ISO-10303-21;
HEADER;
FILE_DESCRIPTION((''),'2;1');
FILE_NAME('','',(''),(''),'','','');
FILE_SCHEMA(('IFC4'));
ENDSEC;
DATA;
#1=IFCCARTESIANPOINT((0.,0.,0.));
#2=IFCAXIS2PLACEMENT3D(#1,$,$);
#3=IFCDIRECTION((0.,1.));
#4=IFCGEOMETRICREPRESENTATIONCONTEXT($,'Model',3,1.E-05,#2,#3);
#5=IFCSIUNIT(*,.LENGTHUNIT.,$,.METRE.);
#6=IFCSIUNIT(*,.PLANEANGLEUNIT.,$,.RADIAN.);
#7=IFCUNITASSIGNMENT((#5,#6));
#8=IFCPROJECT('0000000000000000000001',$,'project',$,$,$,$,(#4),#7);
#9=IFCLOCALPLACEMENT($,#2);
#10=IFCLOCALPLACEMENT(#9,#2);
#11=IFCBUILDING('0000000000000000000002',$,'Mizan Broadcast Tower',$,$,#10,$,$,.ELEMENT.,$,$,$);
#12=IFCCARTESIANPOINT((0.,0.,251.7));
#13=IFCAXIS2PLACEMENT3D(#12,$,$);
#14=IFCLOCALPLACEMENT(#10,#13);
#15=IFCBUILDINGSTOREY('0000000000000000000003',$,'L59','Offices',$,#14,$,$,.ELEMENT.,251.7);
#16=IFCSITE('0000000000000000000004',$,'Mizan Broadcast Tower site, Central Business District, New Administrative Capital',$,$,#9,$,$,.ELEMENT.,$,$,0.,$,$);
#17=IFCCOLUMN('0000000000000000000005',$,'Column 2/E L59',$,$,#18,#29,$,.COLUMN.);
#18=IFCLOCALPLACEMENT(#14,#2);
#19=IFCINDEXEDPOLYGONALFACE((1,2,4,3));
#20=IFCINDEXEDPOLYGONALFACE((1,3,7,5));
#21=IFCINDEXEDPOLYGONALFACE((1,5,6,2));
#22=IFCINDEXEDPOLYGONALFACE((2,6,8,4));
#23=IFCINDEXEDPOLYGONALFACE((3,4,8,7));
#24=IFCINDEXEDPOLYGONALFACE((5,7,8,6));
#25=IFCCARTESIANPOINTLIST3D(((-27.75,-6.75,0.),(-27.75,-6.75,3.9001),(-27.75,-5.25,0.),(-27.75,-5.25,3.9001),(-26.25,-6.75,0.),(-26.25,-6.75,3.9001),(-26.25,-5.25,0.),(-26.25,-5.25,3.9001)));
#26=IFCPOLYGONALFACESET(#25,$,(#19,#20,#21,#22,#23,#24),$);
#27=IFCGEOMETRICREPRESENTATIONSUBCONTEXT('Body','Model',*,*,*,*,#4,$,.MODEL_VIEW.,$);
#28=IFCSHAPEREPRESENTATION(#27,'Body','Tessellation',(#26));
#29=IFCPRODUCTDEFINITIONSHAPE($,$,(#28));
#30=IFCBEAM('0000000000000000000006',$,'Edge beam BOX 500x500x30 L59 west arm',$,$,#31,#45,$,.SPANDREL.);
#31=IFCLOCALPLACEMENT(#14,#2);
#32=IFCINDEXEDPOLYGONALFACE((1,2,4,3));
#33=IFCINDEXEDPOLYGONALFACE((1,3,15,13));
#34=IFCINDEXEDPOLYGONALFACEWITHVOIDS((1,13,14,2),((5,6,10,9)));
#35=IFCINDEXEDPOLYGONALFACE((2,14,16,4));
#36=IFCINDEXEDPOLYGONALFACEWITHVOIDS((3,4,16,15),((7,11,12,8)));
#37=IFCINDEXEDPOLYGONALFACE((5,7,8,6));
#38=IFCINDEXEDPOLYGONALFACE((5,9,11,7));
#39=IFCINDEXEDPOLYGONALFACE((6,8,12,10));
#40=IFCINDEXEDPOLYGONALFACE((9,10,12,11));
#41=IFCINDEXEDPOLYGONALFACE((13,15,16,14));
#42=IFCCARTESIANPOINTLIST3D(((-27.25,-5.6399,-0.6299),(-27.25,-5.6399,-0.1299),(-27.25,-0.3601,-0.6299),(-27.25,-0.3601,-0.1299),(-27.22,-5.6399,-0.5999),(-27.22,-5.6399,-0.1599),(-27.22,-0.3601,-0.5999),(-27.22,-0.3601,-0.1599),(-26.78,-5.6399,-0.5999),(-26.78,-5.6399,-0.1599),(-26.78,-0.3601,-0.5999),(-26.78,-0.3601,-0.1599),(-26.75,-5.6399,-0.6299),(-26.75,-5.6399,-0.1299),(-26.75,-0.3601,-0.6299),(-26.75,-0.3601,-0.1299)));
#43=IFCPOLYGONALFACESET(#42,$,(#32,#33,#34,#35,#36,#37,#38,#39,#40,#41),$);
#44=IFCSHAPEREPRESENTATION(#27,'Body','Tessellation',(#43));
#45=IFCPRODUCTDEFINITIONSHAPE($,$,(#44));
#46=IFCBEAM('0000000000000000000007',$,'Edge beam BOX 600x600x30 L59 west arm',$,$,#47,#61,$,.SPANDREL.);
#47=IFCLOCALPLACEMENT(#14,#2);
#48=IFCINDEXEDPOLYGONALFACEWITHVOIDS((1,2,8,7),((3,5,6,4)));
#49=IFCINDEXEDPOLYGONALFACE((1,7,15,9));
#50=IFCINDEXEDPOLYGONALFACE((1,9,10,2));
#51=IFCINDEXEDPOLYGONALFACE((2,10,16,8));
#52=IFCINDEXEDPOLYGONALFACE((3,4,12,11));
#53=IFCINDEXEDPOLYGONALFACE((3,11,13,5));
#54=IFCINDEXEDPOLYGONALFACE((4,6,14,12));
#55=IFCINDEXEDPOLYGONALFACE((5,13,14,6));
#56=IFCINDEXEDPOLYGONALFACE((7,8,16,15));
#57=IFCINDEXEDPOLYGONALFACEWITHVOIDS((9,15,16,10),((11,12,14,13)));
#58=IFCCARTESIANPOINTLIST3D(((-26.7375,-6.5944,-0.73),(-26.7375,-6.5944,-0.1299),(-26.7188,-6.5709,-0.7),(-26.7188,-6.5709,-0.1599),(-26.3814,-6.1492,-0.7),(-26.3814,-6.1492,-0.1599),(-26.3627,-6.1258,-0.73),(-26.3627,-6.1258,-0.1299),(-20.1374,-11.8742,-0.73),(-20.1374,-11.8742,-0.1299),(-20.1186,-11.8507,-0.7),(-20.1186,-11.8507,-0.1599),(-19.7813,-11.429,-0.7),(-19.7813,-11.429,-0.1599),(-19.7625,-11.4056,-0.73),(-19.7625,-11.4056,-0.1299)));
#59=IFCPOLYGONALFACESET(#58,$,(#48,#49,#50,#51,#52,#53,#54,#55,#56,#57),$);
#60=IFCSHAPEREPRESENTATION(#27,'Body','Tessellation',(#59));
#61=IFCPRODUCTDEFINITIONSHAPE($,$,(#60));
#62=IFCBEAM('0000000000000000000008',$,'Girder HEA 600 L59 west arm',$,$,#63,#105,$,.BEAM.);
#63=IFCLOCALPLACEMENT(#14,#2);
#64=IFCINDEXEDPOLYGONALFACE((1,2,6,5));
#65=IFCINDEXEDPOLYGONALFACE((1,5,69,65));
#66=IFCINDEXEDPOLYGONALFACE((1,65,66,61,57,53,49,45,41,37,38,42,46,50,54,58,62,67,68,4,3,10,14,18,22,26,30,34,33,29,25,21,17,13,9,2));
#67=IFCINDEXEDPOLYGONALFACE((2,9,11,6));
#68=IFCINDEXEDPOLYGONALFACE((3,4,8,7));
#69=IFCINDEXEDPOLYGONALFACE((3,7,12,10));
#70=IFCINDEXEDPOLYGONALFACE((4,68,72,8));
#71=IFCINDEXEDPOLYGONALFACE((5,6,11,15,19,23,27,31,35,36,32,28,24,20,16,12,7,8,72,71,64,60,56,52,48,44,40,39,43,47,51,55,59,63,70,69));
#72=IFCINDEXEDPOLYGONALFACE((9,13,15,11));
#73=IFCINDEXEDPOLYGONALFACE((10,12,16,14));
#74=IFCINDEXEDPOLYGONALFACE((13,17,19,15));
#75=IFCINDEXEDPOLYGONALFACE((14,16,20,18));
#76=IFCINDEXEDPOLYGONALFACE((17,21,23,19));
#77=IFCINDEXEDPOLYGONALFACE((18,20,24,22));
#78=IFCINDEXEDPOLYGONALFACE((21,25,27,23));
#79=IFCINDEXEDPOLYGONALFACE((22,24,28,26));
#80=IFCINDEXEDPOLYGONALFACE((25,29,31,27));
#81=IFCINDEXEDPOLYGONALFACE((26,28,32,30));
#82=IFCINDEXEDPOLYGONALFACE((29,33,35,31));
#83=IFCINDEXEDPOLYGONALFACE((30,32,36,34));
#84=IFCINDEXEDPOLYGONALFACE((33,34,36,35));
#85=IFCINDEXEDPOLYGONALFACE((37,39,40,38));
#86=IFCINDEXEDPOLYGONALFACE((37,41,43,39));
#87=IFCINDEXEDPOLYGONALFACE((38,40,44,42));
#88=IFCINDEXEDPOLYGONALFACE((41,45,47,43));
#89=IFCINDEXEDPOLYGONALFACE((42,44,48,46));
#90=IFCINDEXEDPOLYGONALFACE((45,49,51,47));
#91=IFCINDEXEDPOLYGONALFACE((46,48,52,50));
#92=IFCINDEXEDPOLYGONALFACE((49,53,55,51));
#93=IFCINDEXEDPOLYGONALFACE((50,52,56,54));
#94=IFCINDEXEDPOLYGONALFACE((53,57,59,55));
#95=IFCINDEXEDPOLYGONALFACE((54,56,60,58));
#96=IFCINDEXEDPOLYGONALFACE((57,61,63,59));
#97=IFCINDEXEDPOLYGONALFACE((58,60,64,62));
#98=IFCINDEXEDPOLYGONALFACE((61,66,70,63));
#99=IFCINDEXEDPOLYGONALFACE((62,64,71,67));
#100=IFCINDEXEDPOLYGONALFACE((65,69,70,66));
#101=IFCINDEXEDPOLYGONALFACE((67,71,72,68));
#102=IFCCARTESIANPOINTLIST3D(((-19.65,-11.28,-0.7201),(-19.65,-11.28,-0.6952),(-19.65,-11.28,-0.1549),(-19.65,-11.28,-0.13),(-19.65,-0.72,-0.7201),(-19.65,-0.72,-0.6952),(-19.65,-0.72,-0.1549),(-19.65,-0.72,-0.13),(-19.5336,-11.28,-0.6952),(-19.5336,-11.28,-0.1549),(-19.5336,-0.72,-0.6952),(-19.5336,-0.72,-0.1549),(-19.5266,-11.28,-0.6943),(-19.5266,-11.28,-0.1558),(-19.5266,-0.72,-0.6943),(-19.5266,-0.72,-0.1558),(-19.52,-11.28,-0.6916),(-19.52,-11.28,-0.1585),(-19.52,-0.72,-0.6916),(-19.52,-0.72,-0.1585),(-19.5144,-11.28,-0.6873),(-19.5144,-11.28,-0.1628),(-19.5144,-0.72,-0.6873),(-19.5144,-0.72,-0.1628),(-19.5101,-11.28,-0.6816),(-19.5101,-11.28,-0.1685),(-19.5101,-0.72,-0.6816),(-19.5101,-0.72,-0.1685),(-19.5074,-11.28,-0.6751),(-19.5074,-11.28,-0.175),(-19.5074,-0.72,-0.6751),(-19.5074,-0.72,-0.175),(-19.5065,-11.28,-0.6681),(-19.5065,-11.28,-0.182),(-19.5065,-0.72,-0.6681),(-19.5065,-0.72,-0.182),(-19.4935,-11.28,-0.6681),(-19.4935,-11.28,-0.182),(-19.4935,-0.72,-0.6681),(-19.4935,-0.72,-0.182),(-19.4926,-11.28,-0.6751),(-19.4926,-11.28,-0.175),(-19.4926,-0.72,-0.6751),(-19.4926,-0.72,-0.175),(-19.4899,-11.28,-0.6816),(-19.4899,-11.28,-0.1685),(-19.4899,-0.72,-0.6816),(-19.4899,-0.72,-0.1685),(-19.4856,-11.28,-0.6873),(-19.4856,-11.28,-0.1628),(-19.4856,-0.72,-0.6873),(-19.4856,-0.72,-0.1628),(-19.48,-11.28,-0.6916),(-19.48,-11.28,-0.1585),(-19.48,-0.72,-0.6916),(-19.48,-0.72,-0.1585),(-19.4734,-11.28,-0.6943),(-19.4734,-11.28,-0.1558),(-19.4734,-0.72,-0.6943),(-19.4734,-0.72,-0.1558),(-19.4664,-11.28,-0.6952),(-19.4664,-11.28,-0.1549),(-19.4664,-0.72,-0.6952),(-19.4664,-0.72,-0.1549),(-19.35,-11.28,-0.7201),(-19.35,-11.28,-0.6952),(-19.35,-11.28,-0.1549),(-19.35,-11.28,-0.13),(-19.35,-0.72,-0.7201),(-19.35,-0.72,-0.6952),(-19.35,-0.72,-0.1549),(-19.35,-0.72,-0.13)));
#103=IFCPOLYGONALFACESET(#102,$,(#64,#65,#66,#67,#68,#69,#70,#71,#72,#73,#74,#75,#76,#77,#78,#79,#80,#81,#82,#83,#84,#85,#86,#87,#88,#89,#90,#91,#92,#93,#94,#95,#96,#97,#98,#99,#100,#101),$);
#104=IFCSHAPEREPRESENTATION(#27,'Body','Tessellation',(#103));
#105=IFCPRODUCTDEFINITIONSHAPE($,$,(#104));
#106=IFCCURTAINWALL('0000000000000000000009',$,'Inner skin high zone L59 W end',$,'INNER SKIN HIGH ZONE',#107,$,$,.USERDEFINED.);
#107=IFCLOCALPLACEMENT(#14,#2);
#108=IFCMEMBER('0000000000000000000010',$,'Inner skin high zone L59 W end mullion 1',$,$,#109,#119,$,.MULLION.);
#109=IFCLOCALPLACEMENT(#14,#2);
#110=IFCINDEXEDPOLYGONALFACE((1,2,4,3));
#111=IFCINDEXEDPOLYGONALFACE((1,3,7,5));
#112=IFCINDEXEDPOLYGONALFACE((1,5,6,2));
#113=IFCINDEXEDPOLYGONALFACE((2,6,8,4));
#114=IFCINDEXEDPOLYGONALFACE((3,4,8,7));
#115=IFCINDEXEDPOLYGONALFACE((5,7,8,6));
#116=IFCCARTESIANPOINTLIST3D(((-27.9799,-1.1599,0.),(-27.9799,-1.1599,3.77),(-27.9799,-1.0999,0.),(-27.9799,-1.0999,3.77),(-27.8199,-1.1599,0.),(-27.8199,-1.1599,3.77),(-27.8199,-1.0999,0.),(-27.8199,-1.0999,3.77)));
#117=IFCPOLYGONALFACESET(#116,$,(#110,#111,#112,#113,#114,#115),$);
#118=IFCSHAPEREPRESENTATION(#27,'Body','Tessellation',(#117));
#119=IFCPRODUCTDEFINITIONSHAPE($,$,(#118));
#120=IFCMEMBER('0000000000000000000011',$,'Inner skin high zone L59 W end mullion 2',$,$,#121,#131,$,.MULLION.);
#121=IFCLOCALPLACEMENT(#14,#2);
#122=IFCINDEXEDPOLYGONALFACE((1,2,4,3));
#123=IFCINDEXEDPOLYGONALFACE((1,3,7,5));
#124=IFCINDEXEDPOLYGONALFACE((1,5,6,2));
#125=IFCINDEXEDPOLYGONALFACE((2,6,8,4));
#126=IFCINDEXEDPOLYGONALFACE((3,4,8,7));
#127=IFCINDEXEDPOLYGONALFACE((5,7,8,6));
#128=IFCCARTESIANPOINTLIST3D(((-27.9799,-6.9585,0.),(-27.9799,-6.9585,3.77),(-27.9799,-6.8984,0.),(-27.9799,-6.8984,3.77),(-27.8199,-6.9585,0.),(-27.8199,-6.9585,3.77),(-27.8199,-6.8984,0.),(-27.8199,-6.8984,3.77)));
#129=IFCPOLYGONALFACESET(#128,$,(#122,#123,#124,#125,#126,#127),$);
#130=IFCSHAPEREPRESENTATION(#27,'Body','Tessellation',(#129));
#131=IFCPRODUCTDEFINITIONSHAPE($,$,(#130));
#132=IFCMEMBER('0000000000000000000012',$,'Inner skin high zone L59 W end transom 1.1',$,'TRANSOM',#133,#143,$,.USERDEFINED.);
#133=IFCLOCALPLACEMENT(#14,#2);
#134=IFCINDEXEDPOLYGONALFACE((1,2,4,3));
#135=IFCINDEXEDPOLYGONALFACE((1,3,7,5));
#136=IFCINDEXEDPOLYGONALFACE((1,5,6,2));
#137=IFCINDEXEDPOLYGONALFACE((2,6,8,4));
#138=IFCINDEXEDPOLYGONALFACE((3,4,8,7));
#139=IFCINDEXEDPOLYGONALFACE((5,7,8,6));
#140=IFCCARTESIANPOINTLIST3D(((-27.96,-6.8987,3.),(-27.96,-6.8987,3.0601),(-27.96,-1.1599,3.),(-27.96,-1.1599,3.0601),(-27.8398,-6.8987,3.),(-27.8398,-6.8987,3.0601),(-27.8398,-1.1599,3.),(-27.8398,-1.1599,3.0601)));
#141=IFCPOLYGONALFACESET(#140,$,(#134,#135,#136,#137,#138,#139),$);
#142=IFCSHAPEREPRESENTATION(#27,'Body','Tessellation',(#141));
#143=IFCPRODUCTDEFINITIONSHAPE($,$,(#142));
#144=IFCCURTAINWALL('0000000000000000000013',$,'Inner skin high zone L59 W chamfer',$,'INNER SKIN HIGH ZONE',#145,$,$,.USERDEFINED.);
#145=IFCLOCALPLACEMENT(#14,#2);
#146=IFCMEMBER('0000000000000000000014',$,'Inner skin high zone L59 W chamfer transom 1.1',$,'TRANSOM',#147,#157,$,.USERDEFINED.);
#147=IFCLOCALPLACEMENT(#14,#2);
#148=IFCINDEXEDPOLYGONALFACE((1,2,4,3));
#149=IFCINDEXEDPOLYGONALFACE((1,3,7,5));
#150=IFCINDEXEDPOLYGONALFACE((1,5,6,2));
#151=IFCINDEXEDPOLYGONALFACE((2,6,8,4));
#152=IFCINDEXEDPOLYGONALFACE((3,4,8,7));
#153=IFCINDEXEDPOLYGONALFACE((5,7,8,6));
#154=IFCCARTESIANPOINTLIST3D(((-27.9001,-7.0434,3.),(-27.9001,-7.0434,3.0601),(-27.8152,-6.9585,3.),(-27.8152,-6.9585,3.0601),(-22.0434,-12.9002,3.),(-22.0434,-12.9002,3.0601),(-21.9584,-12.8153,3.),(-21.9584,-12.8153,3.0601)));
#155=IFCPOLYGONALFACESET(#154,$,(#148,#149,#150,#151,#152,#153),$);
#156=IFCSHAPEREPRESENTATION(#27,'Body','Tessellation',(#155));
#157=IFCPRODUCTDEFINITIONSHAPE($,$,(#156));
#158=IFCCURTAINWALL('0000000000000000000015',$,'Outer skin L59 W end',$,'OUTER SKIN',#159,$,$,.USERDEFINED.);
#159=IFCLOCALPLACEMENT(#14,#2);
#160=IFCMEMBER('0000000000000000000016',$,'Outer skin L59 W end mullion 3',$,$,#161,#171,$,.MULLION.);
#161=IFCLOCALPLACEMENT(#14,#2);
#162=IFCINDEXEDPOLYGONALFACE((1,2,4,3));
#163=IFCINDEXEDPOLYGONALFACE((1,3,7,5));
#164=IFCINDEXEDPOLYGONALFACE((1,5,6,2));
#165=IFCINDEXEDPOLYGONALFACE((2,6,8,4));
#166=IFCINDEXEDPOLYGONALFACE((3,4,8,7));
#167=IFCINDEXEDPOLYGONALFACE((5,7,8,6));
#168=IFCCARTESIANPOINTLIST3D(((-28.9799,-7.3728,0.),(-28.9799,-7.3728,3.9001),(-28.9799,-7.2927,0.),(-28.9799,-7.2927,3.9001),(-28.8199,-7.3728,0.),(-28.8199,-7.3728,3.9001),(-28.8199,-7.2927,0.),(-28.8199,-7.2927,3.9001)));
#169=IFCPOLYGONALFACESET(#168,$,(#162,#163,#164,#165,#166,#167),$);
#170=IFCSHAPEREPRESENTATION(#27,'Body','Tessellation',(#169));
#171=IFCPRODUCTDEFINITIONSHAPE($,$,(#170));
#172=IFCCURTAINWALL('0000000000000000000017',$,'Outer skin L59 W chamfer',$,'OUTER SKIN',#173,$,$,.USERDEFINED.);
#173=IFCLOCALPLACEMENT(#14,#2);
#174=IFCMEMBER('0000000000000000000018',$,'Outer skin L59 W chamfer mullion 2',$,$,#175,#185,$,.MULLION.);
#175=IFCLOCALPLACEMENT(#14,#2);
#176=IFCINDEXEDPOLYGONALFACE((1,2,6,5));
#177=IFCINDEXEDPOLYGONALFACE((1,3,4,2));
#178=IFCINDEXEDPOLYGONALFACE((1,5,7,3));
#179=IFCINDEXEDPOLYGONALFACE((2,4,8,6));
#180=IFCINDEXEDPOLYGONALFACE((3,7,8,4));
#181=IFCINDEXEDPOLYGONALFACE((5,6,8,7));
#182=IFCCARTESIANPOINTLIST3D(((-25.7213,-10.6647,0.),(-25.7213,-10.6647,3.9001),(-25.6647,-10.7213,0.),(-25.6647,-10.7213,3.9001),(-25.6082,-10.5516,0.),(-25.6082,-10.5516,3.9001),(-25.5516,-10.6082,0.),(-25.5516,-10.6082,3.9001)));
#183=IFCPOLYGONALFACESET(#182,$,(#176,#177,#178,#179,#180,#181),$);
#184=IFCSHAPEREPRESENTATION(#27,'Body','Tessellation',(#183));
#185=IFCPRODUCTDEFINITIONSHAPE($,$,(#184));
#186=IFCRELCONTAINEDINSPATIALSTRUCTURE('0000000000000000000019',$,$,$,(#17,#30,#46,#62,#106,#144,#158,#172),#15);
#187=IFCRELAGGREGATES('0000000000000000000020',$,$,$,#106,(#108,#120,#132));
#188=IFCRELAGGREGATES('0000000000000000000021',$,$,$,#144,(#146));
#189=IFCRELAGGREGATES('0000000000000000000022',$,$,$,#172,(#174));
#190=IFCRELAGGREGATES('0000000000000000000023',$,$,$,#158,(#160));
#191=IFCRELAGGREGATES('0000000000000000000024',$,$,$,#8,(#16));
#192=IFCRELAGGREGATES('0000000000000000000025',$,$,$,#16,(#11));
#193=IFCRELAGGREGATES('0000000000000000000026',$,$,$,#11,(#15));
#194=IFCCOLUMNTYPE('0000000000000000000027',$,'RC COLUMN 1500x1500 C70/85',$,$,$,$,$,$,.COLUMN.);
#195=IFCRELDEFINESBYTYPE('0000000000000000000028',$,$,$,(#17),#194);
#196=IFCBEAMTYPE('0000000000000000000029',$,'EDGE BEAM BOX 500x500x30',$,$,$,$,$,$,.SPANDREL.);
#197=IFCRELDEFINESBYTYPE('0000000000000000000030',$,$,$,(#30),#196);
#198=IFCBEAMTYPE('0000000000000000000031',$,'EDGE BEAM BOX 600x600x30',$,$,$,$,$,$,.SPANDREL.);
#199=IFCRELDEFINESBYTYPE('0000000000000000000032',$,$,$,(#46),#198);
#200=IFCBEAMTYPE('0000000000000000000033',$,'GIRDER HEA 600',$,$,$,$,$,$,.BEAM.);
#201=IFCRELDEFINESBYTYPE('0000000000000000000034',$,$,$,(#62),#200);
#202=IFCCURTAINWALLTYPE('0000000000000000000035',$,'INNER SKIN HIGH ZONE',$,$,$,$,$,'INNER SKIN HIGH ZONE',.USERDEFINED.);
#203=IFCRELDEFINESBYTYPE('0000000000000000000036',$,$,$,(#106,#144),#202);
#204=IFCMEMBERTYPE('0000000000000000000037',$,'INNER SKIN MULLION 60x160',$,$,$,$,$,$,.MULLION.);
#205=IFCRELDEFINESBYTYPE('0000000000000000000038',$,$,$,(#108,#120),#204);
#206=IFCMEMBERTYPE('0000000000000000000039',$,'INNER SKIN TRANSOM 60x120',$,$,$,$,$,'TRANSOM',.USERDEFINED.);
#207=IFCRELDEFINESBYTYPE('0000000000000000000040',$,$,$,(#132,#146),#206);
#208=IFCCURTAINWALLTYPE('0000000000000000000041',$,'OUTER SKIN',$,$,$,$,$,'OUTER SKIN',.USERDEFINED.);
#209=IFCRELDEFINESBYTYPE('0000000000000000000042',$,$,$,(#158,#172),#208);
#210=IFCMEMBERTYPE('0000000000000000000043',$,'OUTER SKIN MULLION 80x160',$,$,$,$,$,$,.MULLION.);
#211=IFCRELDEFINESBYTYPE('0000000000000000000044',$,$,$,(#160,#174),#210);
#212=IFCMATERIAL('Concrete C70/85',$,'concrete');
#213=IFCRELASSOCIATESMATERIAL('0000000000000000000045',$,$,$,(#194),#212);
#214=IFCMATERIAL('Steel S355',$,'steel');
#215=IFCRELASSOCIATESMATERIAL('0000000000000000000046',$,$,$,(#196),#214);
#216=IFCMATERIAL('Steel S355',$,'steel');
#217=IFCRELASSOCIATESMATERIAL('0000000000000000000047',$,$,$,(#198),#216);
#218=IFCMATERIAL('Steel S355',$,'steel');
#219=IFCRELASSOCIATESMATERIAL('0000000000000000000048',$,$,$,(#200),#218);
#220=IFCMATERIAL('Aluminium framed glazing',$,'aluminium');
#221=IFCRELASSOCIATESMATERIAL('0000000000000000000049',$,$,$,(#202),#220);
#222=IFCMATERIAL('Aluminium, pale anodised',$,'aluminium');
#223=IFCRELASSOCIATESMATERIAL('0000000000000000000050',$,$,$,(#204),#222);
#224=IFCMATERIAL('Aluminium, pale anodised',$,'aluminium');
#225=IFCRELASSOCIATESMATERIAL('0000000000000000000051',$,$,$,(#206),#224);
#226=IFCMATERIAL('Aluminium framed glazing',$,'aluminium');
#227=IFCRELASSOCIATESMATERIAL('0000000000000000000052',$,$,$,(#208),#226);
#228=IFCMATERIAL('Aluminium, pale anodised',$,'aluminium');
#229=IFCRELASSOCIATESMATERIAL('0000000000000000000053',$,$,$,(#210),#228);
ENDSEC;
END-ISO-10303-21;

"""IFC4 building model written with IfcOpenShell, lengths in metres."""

from ifc_helpers import new_model, si_unit, direction, frame, origin, origin_2d, place, context, subcontext, project, spatial, rectangle, hollow_rectangle, i_section, extrude, material, material_profile, profile_set, type_object, element, aggregate, save


model = new_model("IFC4")

# Units and contexts
model_context = context("Model", 3, precision=1e-05, world=origin(), true_north=direction((0.0, 1.0)))
body_context = subcontext(model_context, "Body", "Model", "MODEL_VIEW")
ifc_project = project(units=[si_unit("LENGTHUNIT", "METRE"), si_unit("PLANEANGLEUNIT", "RADIAN")], contexts=[model_context])

# Site, building, storey
site_placement = place(None, origin())
site = spatial("IfcSite", under=ifc_project, at=site_placement, Name="Mizan Broadcast Tower site, Central Business District, New Administrative Capital", CompositionType="ELEMENT", RefElevation=0.0)
building_placement = place(site_placement, origin())
building = spatial("IfcBuilding", under=site, at=building_placement, Name="Mizan Broadcast Tower", CompositionType="ELEMENT")
storey_placement = place(building_placement, frame((0.0, 0.0, 251.7)))
storey = spatial("IfcBuildingStorey", under=building, at=storey_placement, Name="L59", Description="Offices", CompositionType="ELEMENT", Elevation=251.7)

# Column
ifc_material_1 = material(Name="Concrete C70/85", Category="concrete")
ifc_material_profile_1 = material_profile(ifc_material_1, rectangle(XDim=1.5, YDim=1.5, at=origin_2d()), Name="RC 1500x1500")
ifc_profile_set_1 = profile_set([ifc_material_profile_1], Name="Concrete C70/85")
column_type = type_object("IfcColumnType", Name="RC COLUMN 1500x1500 C70/85", PredefinedType="COLUMN", material=ifc_profile_set_1)
column_placement = place(storey_placement, frame((-27.0, -6.0, 0.0), z_axis=(0.0, 0.0, 1.0), x_axis=(1.0, 0.0, 0.0)))
element("IfcColumn", 1, at=column_placement, inside=storey, type_object=column_type, Name="Column 2/E L59", PredefinedType="COLUMN", context=body_context, shape_type="SweptSolid", body=[
    extrude(rectangle(XDim=1.5, YDim=1.5, at=origin_2d()), origin(), (0.0, 0.0, 1.0), 3.9001),
])

# Beams
ifc_material_2 = material(Name="Steel S355", Category="steel")
ifc_material_profile_2 = material_profile(ifc_material_2, hollow_rectangle(XDim=0.5, YDim=0.5, WallThickness=0.03, at=origin_2d()), Name="BOX 500x500x30")
ifc_profile_set_2 = profile_set([ifc_material_profile_2], Name="Steel S355")
beam_type_1 = type_object("IfcBeamType", Name="EDGE BEAM BOX 500x500x30", PredefinedType="SPANDREL", material=ifc_profile_set_2)
beam_1_placement = place(storey_placement, frame((-27.0, -5.6399, -0.3799), z_axis=(0.0, 1.0, 0.0), x_axis=(-1.0, 0.0, 0.0)))
element("IfcBeam", 2, at=beam_1_placement, inside=storey, type_object=beam_type_1, Name="Edge beam BOX 500x500x30 L59 west arm", PredefinedType="SPANDREL", context=body_context, shape_type="SweptSolid", body=[
    extrude(hollow_rectangle(XDim=0.5, YDim=0.5, WallThickness=0.03, at=origin_2d()), origin(), (0.0, 0.0, 1.0), 5.2798),
])
ifc_material_3 = material(Name="Steel S355", Category="steel")
ifc_material_profile_3 = material_profile(ifc_material_3, hollow_rectangle(XDim=0.6001, YDim=0.6001, WallThickness=0.03, at=origin_2d()), Name="BOX 600x600x30")
ifc_profile_set_3 = profile_set([ifc_material_profile_3], Name="Steel S355")
beam_type_2 = type_object("IfcBeamType", Name="EDGE BEAM BOX 600x600x30", PredefinedType="SPANDREL", material=ifc_profile_set_3)
beam_2_placement = place(storey_placement, frame((-19.95, -11.6399, -0.4299), z_axis=(-0.780886, 0.624674, 0.0), x_axis=(-0.624674, -0.780886, 0.0)))
element("IfcBeam", 3, at=beam_2_placement, inside=storey, type_object=beam_type_2, Name="Edge beam BOX 600x600x30 L59 west arm", PredefinedType="SPANDREL", context=body_context, shape_type="SweptSolid", body=[
    extrude(hollow_rectangle(XDim=0.6001, YDim=0.6001, WallThickness=0.03, at=origin_2d()), origin(), (0.0, 0.0, 1.0), 8.4521),
])
ifc_material_4 = material(Name="Steel S355", Category="steel")
ifc_material_profile_4 = material_profile(ifc_material_4, i_section(OverallWidth=0.3, OverallDepth=0.5901, WebThickness=0.0129, FlangeThickness=0.0249, FilletRadius=0.0271, at=origin_2d()), Name="HEA 600")
ifc_profile_set_4 = profile_set([ifc_material_profile_4], Name="Steel S355")
beam_type_3 = type_object("IfcBeamType", Name="GIRDER HEA 600", PredefinedType="BEAM", material=ifc_profile_set_4)
beam_3_placement = place(storey_placement, frame((-19.5, -11.28, -0.425), z_axis=(0.0, 1.0, 0.0), x_axis=(-1.0, 0.0, 0.0)))
element("IfcBeam", 4, at=beam_3_placement, inside=storey, type_object=beam_type_3, Name="Girder HEA 600 L59 west arm", PredefinedType="BEAM", context=body_context, shape_type="SweptSolid", body=[
    extrude(i_section(OverallWidth=0.3, OverallDepth=0.5901, WebThickness=0.0129, FlangeThickness=0.0249, FilletRadius=0.0271, at=origin_2d()), origin(), (0.0, 0.0, 1.0), 10.5601),
])

# Curtain wall, members
ifc_material_5 = material(Name="Aluminium framed glazing", Category="aluminium")
curtain_wall_type_1 = type_object("IfcCurtainWallType", Name="INNER SKIN HIGH ZONE", ElementType="INNER SKIN HIGH ZONE", PredefinedType="USERDEFINED", material=ifc_material_5)
curtain_wall_1_placement = place(storey_placement, origin())
curtain_wall_1 = element("IfcCurtainWall", 5, at=curtain_wall_1_placement, inside=storey, type_object=curtain_wall_type_1, Name="Inner skin high zone L59 W end", ObjectType="INNER SKIN HIGH ZONE", PredefinedType="USERDEFINED")
ifc_material_6 = material(Name="Aluminium, pale anodised", Category="aluminium")
ifc_material_profile_5 = material_profile(ifc_material_6, rectangle(XDim=0.1599, YDim=0.0601, at=origin_2d()), Name="MULLION 160x60")
ifc_profile_set_5 = profile_set([ifc_material_profile_5], Name="Aluminium, pale anodised")
member_type_1 = type_object("IfcMemberType", Name="INNER SKIN MULLION 60x160", PredefinedType="MULLION", material=ifc_profile_set_5)
member_1_placement = place(storey_placement, frame((-27.8999, -1.1299, 0.0), z_axis=(0.0, 0.0, 1.0), x_axis=(1.0, 0.0, 0.0)))
member_1 = element("IfcMember", 6, at=member_1_placement, type_object=member_type_1, Name="Inner skin high zone L59 W end mullion 1", PredefinedType="MULLION", context=body_context, shape_type="SweptSolid", body=[
    extrude(rectangle(XDim=0.1599, YDim=0.0601, at=origin_2d()), origin(), (0.0, 0.0, 1.0), 3.77),
])
member_2_placement = place(storey_placement, frame((-27.8999, -6.9285, 0.0), z_axis=(0.0, 0.0, 1.0), x_axis=(1.0, 0.0, 0.0)))
member_2 = element("IfcMember", 7, at=member_2_placement, type_object=member_type_1, Name="Inner skin high zone L59 W end mullion 2", PredefinedType="MULLION", context=body_context, shape_type="SweptSolid", body=[
    extrude(rectangle(XDim=0.1599, YDim=0.0601, at=origin_2d()), origin(), (0.0, 0.0, 1.0), 3.77),
])
ifc_material_7 = material(Name="Aluminium, pale anodised", Category="aluminium")
ifc_material_profile_6 = material_profile(ifc_material_7, rectangle(XDim=0.1201, YDim=0.0601, at=origin_2d()), Name="TRANSOM 120x60")
ifc_profile_set_6 = profile_set([ifc_material_profile_6], Name="Aluminium, pale anodised")
member_type_2 = type_object("IfcMemberType", Name="INNER SKIN TRANSOM 60x120", ElementType="TRANSOM", PredefinedType="USERDEFINED", material=ifc_profile_set_6)
member_3_placement = place(storey_placement, frame((-27.8999, -1.1599, 3.03), z_axis=(0.0, -1.0, 0.0), x_axis=(1.0, 0.0, 0.0)))
member_3 = element("IfcMember", 8, at=member_3_placement, type_object=member_type_2, Name="Inner skin high zone L59 W end transom 1.1", ObjectType="TRANSOM", PredefinedType="USERDEFINED", context=body_context, shape_type="SweptSolid", body=[
    extrude(rectangle(XDim=0.1201, YDim=0.0601, at=origin_2d()), origin(), (0.0, 0.0, 1.0), 5.7388),
])

# Curtain walls, members
curtain_wall_2_placement = place(storey_placement, origin())
curtain_wall_2 = element("IfcCurtainWall", 9, at=curtain_wall_2_placement, inside=storey, type_object=curtain_wall_type_1, Name="Inner skin high zone L59 W chamfer", ObjectType="INNER SKIN HIGH ZONE", PredefinedType="USERDEFINED")
member_4_placement = place(storey_placement, frame((-27.8577, -7.001, 3.03), z_axis=(0.707107, -0.707107, 0.0), x_axis=(0.707107, 0.707107, 0.0)))
member_4 = element("IfcMember", 10, at=member_4_placement, type_object=member_type_2, Name="Inner skin high zone L59 W chamfer transom 1.1", ObjectType="TRANSOM", PredefinedType="USERDEFINED", context=body_context, shape_type="SweptSolid", body=[
    extrude(rectangle(XDim=0.1201, YDim=0.0601, at=origin_2d()), origin(), (0.0, 0.0, 1.0), 8.2827),
])
ifc_material_8 = material(Name="Aluminium framed glazing", Category="aluminium")
curtain_wall_type_2 = type_object("IfcCurtainWallType", Name="OUTER SKIN", ElementType="OUTER SKIN", PredefinedType="USERDEFINED", material=ifc_material_8)
curtain_wall_3_placement = place(storey_placement, origin())
curtain_wall_3 = element("IfcCurtainWall", 11, at=curtain_wall_3_placement, inside=storey, type_object=curtain_wall_type_2, Name="Outer skin L59 W end", ObjectType="OUTER SKIN", PredefinedType="USERDEFINED")
ifc_material_9 = material(Name="Aluminium, pale anodised", Category="aluminium")
ifc_material_profile_7 = material_profile(ifc_material_9, rectangle(XDim=0.1599, YDim=0.0801, at=origin_2d()), Name="MULLION 160x80")
ifc_profile_set_7 = profile_set([ifc_material_profile_7], Name="Aluminium, pale anodised")
member_type_3 = type_object("IfcMemberType", Name="OUTER SKIN MULLION 80x160", PredefinedType="MULLION", material=ifc_profile_set_7)
member_5_placement = place(storey_placement, frame((-28.8999, -7.3328, 0.0), z_axis=(0.0, 0.0, 1.0), x_axis=(1.0, 0.0, 0.0)))
member_5 = element("IfcMember", 12, at=member_5_placement, type_object=member_type_3, Name="Outer skin L59 W end mullion 3", PredefinedType="MULLION", context=body_context, shape_type="SweptSolid", body=[
    extrude(rectangle(XDim=0.1599, YDim=0.0801, at=origin_2d()), origin(), (0.0, 0.0, 1.0), 3.9001),
])
curtain_wall_4_placement = place(storey_placement, origin())
curtain_wall_4 = element("IfcCurtainWall", 13, at=curtain_wall_4_placement, inside=storey, type_object=curtain_wall_type_2, Name="Outer skin L59 W chamfer", ObjectType="OUTER SKIN", PredefinedType="USERDEFINED")
member_6_placement = place(storey_placement, frame((-25.6365, -10.6365, 0.0), z_axis=(0.0, 0.0, 1.0), x_axis=(0.707107, 0.707107, 0.0)))
member_6 = element("IfcMember", 14, at=member_6_placement, type_object=member_type_3, Name="Outer skin L59 W chamfer mullion 2", PredefinedType="MULLION", context=body_context, shape_type="SweptSolid", body=[
    extrude(rectangle(XDim=0.1599, YDim=0.0801, at=origin_2d()), origin(), (0.0, 0.0, 1.0), 3.9001),
])

aggregate(curtain_wall_1, [member_1, member_2, member_3])
aggregate(curtain_wall_2, [member_4])
aggregate(curtain_wall_4, [member_6])
aggregate(curtain_wall_3, [member_5])

save(model, "model.ifc")
